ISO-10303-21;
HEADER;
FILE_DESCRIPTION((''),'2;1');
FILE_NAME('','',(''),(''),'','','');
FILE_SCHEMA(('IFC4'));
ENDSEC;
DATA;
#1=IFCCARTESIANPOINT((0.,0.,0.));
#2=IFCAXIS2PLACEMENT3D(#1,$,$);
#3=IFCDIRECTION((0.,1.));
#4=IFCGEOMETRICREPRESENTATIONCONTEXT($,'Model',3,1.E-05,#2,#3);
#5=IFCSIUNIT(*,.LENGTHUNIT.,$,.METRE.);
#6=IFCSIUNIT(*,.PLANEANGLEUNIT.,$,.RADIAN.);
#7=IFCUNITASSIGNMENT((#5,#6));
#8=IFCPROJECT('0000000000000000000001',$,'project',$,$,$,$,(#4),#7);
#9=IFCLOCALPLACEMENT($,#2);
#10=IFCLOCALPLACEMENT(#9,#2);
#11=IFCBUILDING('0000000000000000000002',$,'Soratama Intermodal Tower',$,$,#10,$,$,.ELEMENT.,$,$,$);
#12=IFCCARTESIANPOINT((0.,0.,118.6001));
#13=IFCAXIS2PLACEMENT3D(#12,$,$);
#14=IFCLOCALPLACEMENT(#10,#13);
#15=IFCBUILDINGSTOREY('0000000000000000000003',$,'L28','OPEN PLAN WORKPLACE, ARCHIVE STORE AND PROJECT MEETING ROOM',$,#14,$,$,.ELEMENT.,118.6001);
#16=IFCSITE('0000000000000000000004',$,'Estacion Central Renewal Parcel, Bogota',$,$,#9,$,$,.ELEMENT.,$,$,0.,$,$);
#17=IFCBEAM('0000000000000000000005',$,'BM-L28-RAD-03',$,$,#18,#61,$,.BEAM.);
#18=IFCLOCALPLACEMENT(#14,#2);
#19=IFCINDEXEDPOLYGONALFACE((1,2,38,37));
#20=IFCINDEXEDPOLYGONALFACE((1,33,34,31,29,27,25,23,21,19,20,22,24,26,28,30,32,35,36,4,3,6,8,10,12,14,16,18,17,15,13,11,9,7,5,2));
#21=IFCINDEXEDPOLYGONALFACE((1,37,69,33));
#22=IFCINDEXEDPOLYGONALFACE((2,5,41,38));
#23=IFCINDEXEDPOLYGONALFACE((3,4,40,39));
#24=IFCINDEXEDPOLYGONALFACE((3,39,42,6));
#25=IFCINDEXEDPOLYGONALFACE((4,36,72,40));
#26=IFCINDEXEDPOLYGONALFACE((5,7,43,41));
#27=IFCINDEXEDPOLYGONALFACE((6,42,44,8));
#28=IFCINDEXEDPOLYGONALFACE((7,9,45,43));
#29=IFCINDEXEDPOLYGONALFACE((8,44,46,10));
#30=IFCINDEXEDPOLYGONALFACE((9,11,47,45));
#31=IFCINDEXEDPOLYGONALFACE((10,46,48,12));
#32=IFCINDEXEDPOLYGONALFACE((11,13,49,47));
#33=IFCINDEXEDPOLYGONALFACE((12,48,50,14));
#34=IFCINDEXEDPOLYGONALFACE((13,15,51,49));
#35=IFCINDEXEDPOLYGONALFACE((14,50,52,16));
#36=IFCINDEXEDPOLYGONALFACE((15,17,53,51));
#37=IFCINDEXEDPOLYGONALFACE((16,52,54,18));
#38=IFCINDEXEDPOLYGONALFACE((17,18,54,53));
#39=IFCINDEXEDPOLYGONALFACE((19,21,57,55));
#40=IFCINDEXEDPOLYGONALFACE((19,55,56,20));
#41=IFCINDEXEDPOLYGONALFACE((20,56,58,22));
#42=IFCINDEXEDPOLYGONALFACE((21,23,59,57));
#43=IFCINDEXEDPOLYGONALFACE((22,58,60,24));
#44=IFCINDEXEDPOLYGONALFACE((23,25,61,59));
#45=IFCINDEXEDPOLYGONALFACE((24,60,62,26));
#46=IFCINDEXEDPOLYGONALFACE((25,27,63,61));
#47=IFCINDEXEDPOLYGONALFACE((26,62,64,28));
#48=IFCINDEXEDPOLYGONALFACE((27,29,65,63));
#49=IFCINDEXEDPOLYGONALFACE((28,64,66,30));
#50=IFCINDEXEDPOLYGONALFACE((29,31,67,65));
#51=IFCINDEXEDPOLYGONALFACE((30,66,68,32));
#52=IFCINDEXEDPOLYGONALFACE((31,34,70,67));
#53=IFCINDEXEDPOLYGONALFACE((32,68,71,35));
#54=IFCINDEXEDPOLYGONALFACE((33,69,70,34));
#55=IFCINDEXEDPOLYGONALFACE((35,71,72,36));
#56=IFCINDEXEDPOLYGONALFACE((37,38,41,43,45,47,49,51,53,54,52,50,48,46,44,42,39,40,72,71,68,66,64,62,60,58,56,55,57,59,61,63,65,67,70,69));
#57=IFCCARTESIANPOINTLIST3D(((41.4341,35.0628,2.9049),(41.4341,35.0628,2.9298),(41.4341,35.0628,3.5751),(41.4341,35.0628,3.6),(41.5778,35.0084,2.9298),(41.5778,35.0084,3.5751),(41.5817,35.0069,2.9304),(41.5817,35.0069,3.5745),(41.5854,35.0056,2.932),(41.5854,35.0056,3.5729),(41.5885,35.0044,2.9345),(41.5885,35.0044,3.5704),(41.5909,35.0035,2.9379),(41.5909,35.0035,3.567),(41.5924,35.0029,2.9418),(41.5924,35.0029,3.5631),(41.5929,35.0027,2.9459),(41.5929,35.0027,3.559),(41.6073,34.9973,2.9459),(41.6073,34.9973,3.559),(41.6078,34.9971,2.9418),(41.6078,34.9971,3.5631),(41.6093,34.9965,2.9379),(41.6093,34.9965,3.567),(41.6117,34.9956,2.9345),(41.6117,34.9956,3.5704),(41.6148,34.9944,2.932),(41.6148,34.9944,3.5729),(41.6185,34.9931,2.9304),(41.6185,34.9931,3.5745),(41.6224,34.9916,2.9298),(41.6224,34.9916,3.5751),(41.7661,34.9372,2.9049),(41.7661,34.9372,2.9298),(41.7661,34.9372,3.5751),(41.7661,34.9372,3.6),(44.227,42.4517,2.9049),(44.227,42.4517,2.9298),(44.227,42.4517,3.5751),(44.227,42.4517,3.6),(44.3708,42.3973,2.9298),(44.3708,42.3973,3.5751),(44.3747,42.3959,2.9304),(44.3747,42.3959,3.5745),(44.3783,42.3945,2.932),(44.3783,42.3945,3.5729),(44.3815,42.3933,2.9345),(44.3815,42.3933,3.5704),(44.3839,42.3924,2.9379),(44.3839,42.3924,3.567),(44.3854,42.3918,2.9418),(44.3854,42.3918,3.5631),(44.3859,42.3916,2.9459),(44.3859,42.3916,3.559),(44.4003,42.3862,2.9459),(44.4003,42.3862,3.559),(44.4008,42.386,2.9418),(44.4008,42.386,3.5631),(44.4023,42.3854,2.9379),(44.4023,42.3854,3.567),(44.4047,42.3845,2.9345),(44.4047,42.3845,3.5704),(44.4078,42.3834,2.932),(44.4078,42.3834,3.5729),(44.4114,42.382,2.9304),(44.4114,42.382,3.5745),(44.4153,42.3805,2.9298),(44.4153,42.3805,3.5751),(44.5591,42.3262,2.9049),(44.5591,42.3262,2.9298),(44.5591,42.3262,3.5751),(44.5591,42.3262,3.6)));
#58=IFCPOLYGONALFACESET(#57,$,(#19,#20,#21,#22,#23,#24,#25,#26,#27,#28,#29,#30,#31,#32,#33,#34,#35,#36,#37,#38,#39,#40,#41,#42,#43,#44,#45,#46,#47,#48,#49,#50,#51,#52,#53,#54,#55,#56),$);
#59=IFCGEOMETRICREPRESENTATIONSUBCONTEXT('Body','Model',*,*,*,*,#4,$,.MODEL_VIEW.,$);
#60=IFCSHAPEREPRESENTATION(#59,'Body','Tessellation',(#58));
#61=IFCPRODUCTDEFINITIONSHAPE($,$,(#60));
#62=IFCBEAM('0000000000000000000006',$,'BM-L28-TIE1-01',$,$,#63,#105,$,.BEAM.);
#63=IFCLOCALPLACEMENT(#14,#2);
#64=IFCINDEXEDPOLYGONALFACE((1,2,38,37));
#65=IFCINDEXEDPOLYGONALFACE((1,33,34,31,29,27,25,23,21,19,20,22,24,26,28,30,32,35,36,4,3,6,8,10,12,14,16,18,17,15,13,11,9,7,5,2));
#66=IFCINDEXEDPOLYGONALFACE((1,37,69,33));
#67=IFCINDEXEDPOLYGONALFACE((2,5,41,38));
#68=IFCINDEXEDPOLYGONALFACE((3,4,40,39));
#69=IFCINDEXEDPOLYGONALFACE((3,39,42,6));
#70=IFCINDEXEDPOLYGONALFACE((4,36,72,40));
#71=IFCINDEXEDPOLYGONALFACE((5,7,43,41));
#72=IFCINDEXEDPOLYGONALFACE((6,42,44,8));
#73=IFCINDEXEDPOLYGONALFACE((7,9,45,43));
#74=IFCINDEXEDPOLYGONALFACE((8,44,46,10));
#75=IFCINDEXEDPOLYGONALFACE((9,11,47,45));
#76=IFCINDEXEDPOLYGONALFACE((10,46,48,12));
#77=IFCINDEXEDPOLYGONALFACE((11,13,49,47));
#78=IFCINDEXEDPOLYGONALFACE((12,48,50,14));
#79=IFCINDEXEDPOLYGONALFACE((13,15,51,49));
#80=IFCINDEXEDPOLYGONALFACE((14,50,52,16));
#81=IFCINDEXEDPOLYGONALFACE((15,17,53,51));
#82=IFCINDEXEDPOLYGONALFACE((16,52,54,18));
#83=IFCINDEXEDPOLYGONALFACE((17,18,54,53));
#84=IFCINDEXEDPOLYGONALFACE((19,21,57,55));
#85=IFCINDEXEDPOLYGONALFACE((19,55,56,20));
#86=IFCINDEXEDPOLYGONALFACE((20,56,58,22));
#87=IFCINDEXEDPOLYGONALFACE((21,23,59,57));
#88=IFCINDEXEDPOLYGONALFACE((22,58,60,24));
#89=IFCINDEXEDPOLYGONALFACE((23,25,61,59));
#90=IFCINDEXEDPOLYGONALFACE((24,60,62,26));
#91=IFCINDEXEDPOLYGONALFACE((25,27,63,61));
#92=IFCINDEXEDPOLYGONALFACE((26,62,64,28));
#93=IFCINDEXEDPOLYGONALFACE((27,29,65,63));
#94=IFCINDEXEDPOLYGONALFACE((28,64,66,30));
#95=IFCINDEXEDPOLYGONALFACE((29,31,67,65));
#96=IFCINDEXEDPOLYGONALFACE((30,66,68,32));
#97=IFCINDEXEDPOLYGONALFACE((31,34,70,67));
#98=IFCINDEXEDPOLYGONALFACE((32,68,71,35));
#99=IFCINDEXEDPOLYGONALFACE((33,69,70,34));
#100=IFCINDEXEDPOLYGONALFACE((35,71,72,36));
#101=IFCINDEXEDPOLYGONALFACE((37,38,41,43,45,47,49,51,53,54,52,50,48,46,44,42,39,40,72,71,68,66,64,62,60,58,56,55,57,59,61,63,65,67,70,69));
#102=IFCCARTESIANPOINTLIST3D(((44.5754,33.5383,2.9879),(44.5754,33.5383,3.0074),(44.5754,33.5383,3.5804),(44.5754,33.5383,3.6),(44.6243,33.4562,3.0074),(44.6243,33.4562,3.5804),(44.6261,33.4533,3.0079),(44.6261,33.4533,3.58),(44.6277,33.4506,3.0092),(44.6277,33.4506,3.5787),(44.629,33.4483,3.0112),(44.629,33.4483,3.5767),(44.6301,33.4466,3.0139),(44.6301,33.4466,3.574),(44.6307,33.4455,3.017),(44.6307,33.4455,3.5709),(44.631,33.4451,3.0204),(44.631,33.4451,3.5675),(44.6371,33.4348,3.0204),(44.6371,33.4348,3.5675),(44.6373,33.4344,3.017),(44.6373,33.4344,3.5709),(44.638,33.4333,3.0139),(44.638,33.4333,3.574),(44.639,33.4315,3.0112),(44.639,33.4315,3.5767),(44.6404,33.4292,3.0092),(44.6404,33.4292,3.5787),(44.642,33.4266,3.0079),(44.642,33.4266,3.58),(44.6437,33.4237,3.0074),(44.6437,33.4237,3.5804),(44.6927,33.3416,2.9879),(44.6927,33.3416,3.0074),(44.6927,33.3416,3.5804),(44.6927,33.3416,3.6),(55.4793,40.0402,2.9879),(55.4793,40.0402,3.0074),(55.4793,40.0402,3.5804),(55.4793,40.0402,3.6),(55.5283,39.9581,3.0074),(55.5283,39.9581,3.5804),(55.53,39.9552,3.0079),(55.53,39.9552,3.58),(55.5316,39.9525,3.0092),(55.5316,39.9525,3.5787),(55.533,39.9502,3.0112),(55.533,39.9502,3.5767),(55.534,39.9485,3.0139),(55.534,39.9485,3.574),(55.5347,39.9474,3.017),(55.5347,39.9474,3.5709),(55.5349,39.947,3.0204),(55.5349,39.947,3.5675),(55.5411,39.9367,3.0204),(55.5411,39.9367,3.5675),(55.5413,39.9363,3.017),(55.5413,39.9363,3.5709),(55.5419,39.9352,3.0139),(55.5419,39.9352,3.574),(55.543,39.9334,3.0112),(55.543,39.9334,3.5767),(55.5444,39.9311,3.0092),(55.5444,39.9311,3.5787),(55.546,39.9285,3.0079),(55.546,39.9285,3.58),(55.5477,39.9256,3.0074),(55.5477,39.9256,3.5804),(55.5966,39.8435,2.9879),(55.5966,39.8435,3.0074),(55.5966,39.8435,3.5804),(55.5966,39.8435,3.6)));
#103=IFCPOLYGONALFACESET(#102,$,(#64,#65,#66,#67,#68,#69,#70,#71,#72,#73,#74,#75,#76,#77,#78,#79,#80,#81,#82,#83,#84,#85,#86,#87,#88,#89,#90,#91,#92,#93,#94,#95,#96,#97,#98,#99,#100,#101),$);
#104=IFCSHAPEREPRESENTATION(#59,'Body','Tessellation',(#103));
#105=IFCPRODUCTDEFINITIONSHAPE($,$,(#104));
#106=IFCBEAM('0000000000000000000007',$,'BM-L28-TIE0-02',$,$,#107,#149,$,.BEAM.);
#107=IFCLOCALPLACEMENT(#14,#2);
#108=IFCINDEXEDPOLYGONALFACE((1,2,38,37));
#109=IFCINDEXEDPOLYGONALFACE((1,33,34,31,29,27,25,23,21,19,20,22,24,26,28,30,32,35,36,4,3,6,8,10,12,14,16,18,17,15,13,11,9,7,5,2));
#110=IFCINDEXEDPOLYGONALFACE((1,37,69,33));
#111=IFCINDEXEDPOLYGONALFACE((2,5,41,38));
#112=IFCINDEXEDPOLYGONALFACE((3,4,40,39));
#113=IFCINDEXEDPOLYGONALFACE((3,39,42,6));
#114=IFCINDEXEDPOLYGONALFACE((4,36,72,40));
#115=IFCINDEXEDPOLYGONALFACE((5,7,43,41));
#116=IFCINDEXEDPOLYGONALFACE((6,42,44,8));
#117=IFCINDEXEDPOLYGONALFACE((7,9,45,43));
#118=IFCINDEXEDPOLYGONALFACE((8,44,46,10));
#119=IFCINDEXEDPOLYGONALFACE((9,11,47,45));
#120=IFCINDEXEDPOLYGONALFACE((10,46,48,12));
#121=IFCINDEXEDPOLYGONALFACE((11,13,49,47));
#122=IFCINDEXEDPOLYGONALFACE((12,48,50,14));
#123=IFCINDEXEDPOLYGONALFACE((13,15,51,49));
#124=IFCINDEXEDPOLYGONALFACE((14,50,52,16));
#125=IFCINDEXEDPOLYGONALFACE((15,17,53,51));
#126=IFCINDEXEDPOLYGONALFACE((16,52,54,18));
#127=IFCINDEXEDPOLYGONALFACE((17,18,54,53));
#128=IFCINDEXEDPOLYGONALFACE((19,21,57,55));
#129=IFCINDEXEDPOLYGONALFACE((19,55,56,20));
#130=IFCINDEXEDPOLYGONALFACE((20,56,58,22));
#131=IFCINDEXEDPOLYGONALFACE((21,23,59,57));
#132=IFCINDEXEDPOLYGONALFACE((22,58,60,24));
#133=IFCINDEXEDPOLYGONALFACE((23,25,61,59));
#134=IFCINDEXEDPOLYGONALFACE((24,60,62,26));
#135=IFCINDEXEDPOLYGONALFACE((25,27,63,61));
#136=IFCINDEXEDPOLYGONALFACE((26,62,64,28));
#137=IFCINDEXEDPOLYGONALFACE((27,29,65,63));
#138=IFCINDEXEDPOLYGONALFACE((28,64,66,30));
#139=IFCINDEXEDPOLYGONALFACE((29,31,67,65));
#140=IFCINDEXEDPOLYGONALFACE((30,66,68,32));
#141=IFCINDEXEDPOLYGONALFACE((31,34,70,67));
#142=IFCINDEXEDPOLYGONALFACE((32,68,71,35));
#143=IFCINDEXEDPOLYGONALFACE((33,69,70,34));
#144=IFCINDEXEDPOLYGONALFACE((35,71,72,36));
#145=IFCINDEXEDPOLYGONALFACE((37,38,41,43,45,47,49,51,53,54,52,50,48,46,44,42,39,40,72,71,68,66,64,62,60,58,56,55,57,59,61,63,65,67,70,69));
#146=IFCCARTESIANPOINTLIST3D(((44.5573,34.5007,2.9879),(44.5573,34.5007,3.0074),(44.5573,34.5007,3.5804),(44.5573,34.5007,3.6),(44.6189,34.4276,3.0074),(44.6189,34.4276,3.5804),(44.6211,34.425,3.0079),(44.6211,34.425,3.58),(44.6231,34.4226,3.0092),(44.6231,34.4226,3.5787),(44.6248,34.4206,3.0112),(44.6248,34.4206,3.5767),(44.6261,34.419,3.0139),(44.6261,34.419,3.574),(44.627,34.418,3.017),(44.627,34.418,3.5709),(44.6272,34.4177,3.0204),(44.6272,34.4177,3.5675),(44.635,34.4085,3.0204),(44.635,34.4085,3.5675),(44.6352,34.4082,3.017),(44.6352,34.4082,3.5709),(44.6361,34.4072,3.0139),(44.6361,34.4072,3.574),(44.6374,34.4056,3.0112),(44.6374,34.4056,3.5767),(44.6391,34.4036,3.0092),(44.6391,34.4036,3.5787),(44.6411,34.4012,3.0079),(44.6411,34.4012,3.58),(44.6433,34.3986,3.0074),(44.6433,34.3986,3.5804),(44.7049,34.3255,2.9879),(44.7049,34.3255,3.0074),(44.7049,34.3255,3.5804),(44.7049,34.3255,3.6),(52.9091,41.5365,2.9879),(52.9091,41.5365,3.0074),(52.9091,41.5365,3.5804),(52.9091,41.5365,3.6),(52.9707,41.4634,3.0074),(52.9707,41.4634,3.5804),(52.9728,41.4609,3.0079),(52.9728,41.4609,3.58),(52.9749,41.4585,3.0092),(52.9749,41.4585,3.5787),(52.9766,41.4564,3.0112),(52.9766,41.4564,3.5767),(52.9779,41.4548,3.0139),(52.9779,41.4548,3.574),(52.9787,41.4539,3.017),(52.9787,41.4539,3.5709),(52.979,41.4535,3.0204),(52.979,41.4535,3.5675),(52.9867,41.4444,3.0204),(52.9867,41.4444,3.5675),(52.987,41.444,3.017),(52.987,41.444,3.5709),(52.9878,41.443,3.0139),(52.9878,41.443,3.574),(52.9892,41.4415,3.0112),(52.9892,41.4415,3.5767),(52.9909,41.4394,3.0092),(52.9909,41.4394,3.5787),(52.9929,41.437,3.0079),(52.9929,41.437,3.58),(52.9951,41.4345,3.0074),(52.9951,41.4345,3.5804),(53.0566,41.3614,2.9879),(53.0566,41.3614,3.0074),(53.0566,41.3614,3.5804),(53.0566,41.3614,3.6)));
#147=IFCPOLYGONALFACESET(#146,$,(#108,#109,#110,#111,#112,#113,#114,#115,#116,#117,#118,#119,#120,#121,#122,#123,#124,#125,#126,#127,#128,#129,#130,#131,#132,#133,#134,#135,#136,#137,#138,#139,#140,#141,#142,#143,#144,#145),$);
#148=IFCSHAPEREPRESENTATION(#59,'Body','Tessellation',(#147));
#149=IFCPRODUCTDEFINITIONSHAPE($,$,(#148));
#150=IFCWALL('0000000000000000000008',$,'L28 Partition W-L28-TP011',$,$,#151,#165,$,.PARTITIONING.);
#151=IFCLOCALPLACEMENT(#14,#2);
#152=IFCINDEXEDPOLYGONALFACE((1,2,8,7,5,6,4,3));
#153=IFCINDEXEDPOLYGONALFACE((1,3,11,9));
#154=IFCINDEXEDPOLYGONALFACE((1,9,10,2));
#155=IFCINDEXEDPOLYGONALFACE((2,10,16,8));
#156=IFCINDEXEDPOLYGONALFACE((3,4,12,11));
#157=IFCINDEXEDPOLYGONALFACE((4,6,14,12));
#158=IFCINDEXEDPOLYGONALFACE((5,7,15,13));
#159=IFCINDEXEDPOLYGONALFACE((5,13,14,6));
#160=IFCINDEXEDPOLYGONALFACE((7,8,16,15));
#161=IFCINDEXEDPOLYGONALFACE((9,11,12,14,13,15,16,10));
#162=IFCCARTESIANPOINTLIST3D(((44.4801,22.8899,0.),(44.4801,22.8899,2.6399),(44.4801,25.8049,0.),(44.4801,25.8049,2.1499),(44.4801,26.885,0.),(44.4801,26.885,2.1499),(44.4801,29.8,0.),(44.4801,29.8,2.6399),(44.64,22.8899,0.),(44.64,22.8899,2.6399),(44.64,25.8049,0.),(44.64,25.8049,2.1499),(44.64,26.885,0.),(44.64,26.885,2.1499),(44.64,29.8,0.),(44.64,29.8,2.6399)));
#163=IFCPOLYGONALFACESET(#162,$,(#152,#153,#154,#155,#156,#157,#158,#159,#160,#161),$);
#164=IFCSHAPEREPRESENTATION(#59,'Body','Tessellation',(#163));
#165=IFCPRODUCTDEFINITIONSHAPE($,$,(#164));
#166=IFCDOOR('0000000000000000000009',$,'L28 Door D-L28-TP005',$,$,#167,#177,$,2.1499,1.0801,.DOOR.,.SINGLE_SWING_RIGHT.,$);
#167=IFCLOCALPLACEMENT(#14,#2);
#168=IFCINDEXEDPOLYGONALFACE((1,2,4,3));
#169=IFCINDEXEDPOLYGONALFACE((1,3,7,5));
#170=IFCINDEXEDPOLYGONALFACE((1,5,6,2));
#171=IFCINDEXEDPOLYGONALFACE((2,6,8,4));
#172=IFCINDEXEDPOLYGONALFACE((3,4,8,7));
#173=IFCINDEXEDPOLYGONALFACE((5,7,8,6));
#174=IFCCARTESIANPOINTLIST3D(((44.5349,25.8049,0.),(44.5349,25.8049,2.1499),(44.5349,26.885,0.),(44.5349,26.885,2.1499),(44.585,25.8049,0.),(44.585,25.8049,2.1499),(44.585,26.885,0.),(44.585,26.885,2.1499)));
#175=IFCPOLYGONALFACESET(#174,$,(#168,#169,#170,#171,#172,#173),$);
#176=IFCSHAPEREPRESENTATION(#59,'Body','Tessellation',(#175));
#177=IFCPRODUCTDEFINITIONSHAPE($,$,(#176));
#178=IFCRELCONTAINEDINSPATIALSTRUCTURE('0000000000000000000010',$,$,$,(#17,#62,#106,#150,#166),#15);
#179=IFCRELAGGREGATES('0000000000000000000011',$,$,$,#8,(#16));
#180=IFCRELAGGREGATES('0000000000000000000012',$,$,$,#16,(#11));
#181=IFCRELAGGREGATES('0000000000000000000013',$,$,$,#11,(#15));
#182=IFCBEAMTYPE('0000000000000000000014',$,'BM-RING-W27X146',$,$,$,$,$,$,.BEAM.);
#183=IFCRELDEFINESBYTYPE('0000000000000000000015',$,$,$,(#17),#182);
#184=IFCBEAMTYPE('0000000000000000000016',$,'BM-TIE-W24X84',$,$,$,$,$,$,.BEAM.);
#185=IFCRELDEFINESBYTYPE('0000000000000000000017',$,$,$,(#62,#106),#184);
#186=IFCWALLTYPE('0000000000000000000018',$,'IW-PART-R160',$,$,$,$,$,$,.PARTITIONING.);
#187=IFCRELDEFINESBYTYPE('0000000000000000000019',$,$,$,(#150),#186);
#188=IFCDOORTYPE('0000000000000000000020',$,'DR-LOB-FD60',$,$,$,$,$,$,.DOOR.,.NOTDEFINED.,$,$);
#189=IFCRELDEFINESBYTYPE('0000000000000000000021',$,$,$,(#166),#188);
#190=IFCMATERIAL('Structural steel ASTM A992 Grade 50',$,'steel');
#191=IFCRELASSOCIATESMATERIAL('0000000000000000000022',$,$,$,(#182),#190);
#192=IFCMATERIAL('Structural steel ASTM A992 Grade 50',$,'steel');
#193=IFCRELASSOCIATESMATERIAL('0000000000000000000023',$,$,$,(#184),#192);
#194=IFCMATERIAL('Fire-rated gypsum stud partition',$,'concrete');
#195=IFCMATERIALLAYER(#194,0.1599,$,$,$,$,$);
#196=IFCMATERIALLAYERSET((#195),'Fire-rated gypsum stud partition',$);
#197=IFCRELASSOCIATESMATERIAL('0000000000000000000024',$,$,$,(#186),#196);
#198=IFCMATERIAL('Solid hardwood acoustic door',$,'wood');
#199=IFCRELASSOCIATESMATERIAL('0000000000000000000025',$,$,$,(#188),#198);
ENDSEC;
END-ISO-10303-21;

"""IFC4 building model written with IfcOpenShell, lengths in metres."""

from ifc_helpers import new_model, si_unit, direction, frame, frame_2d, origin, origin_2d, place, context, subcontext, project, spatial, rectangle, i_section, extrude, material, layer, layer_set, material_profile, profile_set, type_object, element, fill, save


model = new_model("IFC4")

# Units and contexts
model_context = context("Model", 3, precision=1e-05, world=origin(), true_north=direction((0.0, 1.0)))
body_context = subcontext(model_context, "Body", "Model", "MODEL_VIEW")
ifc_project = project(units=[si_unit("LENGTHUNIT", "METRE"), si_unit("PLANEANGLEUNIT", "RADIAN")], contexts=[model_context])

# Site, building, storey
site_placement = place(None, origin())
site = spatial("IfcSite", under=ifc_project, at=site_placement, Name="Estacion Central Renewal Parcel, Bogota", CompositionType="ELEMENT", RefElevation=0.0)
building_placement = place(site_placement, origin())
building = spatial("IfcBuilding", under=site, at=building_placement, Name="Soratama Intermodal Tower", CompositionType="ELEMENT")
storey_placement = place(building_placement, frame((0.0, 0.0, 118.6001)))
storey = spatial("IfcBuildingStorey", under=building, at=storey_placement, Name="L28", Description="OPEN PLAN WORKPLACE, ARCHIVE STORE AND PROJECT MEETING ROOM", CompositionType="ELEMENT", Elevation=118.6001)

# Beams
ifc_material_1 = material(Name="Structural steel ASTM A992 Grade 50", Category="steel")
ifc_material_profile_1 = material_profile(ifc_material_1, i_section(OverallWidth=0.355, OverallDepth=0.6951, WebThickness=0.0154, FlangeThickness=0.0249, FilletRadius=0.0161, at=origin_2d()), Name="W27X146")
ifc_profile_set_1 = profile_set([ifc_material_profile_1], Name="Structural steel ASTM A992 Grade 50")
beam_type_1 = type_object("IfcBeamType", Name="BM-RING-W27X146", PredefinedType="BEAM", material=ifc_profile_set_1)
beam_1_placement = place(storey_placement, frame((41.6001, 35.0, 3.2524), z_axis=(0.353578, 0.935405, 0.0), x_axis=(-0.935405, 0.353578, 0.0)))
element("IfcBeam", 1, at=beam_1_placement, inside=storey, type_object=beam_type_1, Name="BM-L28-RAD-03", PredefinedType="BEAM", context=body_context, shape_type="SweptSolid", body=[
    extrude(i_section(OverallWidth=0.355, OverallDepth=0.6951, WebThickness=0.0154, FlangeThickness=0.0249, FilletRadius=0.0161, at=origin_2d()), origin(), (0.0, 0.0, 1.0), 7.8992),
])
ifc_material_2 = material(Name="Structural steel ASTM A992 Grade 50", Category="steel")
ifc_material_profile_2 = material_profile(ifc_material_2, i_section(OverallWidth=0.229, OverallDepth=0.6121, WebThickness=0.012, FlangeThickness=0.0195, FilletRadius=0.0129, at=origin_2d()), Name="W24X84")
ifc_profile_set_2 = profile_set([ifc_material_profile_2], Name="Structural steel ASTM A992 Grade 50")
beam_type_2 = type_object("IfcBeamType", Name="BM-TIE-W24X84", PredefinedType="BEAM", material=ifc_profile_set_2)
beam_2_placement = place(storey_placement, frame((44.634, 33.4399, 3.2939), z_axis=(0.858896, 0.512149, 0.0), x_axis=(-0.512149, 0.858896, 0.0)))
element("IfcBeam", 2, at=beam_2_placement, inside=storey, type_object=beam_type_2, Name="BM-L28-TIE1-01", PredefinedType="BEAM", context=body_context, shape_type="SweptSolid", body=[
    extrude(i_section(OverallWidth=0.229, OverallDepth=0.6121, WebThickness=0.012, FlangeThickness=0.0195, FilletRadius=0.0129, at=origin_2d()), origin(), (0.0, 0.0, 1.0), 12.6953),
])
beam_3_placement = place(storey_placement, frame((44.6311, 34.4131, 3.2939), z_axis=(0.764785, 0.644285, 0.0), x_axis=(-0.644285, 0.764785, 0.0)))
element("IfcBeam", 3, at=beam_3_placement, inside=storey, type_object=beam_type_2, Name="BM-L28-TIE0-02", PredefinedType="BEAM", context=body_context, shape_type="SweptSolid", body=[
    extrude(i_section(OverallWidth=0.229, OverallDepth=0.6121, WebThickness=0.012, FlangeThickness=0.0195, FilletRadius=0.0129, at=origin_2d()), origin(), (0.0, 0.0, 1.0), 10.9204),
])

# Wall, opening, door
ifc_material_3 = material(Name="Fire-rated gypsum stud partition", Category="concrete")
ifc_layer_1 = layer(ifc_material_3, 0.1599)
ifc_layer_set_1 = layer_set([ifc_layer_1], Name="Fire-rated gypsum stud partition")
wall_type_1 = type_object("IfcWallType", Name="IW-PART-R160", PredefinedType="PARTITIONING", material=ifc_layer_set_1)
wall_1_placement = place(storey_placement, frame((44.5601, 29.8, 0.0), z_axis=(0.0, 0.0, 1.0), x_axis=(0.0, -1.0, 0.0)))
wall_1 = element("IfcWall", 4, at=wall_1_placement, inside=storey, type_object=wall_type_1, Name="L28 Partition W-L28-TP011", PredefinedType="PARTITIONING", context=body_context, shape_type="SweptSolid", body=[
    extrude(rectangle(XDim=6.9102, YDim=0.1599, at=frame_2d((3.4551, 0.0))), origin(), (0.0, 0.0, 1.0), 2.6399),
])
opening_1_placement = place(wall_1_placement, frame((2.915, 0.0, 0.0)))
opening_1 = element("IfcOpeningElement", 5, at=opening_1_placement, cuts=wall_1, PredefinedType="OPENING", context=body_context, shape_type="SweptSolid", body=[
    extrude(rectangle(XDim=1.0801, YDim=2.1499, at=frame_2d((0.54, 1.075))), frame((0.0, 0.0898, 0.0), z_axis=(0.0, -1.0, 0.0), x_axis=(1.0, 0.0, 0.0)), (0.0, 0.0, 1.0), 0.1799),
])
ifc_material_4 = material(Name="Solid hardwood acoustic door", Category="wood")
door_type_1 = type_object("IfcDoorType", Name="DR-LOB-FD60", OperationType="NOTDEFINED", PredefinedType="DOOR", material=ifc_material_4)
door_1_placement = place(opening_1_placement, origin())
door_1 = element("IfcDoor", 6, at=door_1_placement, inside=storey, type_object=door_type_1, Name="L28 Door D-L28-TP005", OperationType="SINGLE_SWING_RIGHT", OverallHeight=2.1499, OverallWidth=1.0801, PredefinedType="DOOR", context=body_context, shape_type="SweptSolid", body=[
    extrude(rectangle(XDim=1.0801, YDim=2.1499, at=frame_2d((0.54, 1.075))), frame((0.0, 0.0249, 0.0), z_axis=(0.0, -1.0, 0.0), x_axis=(1.0, 0.0, 0.0)), (0.0, 0.0, 1.0), 0.05),
])
fill(opening_1, door_1)

save(model, "model.ifc")
